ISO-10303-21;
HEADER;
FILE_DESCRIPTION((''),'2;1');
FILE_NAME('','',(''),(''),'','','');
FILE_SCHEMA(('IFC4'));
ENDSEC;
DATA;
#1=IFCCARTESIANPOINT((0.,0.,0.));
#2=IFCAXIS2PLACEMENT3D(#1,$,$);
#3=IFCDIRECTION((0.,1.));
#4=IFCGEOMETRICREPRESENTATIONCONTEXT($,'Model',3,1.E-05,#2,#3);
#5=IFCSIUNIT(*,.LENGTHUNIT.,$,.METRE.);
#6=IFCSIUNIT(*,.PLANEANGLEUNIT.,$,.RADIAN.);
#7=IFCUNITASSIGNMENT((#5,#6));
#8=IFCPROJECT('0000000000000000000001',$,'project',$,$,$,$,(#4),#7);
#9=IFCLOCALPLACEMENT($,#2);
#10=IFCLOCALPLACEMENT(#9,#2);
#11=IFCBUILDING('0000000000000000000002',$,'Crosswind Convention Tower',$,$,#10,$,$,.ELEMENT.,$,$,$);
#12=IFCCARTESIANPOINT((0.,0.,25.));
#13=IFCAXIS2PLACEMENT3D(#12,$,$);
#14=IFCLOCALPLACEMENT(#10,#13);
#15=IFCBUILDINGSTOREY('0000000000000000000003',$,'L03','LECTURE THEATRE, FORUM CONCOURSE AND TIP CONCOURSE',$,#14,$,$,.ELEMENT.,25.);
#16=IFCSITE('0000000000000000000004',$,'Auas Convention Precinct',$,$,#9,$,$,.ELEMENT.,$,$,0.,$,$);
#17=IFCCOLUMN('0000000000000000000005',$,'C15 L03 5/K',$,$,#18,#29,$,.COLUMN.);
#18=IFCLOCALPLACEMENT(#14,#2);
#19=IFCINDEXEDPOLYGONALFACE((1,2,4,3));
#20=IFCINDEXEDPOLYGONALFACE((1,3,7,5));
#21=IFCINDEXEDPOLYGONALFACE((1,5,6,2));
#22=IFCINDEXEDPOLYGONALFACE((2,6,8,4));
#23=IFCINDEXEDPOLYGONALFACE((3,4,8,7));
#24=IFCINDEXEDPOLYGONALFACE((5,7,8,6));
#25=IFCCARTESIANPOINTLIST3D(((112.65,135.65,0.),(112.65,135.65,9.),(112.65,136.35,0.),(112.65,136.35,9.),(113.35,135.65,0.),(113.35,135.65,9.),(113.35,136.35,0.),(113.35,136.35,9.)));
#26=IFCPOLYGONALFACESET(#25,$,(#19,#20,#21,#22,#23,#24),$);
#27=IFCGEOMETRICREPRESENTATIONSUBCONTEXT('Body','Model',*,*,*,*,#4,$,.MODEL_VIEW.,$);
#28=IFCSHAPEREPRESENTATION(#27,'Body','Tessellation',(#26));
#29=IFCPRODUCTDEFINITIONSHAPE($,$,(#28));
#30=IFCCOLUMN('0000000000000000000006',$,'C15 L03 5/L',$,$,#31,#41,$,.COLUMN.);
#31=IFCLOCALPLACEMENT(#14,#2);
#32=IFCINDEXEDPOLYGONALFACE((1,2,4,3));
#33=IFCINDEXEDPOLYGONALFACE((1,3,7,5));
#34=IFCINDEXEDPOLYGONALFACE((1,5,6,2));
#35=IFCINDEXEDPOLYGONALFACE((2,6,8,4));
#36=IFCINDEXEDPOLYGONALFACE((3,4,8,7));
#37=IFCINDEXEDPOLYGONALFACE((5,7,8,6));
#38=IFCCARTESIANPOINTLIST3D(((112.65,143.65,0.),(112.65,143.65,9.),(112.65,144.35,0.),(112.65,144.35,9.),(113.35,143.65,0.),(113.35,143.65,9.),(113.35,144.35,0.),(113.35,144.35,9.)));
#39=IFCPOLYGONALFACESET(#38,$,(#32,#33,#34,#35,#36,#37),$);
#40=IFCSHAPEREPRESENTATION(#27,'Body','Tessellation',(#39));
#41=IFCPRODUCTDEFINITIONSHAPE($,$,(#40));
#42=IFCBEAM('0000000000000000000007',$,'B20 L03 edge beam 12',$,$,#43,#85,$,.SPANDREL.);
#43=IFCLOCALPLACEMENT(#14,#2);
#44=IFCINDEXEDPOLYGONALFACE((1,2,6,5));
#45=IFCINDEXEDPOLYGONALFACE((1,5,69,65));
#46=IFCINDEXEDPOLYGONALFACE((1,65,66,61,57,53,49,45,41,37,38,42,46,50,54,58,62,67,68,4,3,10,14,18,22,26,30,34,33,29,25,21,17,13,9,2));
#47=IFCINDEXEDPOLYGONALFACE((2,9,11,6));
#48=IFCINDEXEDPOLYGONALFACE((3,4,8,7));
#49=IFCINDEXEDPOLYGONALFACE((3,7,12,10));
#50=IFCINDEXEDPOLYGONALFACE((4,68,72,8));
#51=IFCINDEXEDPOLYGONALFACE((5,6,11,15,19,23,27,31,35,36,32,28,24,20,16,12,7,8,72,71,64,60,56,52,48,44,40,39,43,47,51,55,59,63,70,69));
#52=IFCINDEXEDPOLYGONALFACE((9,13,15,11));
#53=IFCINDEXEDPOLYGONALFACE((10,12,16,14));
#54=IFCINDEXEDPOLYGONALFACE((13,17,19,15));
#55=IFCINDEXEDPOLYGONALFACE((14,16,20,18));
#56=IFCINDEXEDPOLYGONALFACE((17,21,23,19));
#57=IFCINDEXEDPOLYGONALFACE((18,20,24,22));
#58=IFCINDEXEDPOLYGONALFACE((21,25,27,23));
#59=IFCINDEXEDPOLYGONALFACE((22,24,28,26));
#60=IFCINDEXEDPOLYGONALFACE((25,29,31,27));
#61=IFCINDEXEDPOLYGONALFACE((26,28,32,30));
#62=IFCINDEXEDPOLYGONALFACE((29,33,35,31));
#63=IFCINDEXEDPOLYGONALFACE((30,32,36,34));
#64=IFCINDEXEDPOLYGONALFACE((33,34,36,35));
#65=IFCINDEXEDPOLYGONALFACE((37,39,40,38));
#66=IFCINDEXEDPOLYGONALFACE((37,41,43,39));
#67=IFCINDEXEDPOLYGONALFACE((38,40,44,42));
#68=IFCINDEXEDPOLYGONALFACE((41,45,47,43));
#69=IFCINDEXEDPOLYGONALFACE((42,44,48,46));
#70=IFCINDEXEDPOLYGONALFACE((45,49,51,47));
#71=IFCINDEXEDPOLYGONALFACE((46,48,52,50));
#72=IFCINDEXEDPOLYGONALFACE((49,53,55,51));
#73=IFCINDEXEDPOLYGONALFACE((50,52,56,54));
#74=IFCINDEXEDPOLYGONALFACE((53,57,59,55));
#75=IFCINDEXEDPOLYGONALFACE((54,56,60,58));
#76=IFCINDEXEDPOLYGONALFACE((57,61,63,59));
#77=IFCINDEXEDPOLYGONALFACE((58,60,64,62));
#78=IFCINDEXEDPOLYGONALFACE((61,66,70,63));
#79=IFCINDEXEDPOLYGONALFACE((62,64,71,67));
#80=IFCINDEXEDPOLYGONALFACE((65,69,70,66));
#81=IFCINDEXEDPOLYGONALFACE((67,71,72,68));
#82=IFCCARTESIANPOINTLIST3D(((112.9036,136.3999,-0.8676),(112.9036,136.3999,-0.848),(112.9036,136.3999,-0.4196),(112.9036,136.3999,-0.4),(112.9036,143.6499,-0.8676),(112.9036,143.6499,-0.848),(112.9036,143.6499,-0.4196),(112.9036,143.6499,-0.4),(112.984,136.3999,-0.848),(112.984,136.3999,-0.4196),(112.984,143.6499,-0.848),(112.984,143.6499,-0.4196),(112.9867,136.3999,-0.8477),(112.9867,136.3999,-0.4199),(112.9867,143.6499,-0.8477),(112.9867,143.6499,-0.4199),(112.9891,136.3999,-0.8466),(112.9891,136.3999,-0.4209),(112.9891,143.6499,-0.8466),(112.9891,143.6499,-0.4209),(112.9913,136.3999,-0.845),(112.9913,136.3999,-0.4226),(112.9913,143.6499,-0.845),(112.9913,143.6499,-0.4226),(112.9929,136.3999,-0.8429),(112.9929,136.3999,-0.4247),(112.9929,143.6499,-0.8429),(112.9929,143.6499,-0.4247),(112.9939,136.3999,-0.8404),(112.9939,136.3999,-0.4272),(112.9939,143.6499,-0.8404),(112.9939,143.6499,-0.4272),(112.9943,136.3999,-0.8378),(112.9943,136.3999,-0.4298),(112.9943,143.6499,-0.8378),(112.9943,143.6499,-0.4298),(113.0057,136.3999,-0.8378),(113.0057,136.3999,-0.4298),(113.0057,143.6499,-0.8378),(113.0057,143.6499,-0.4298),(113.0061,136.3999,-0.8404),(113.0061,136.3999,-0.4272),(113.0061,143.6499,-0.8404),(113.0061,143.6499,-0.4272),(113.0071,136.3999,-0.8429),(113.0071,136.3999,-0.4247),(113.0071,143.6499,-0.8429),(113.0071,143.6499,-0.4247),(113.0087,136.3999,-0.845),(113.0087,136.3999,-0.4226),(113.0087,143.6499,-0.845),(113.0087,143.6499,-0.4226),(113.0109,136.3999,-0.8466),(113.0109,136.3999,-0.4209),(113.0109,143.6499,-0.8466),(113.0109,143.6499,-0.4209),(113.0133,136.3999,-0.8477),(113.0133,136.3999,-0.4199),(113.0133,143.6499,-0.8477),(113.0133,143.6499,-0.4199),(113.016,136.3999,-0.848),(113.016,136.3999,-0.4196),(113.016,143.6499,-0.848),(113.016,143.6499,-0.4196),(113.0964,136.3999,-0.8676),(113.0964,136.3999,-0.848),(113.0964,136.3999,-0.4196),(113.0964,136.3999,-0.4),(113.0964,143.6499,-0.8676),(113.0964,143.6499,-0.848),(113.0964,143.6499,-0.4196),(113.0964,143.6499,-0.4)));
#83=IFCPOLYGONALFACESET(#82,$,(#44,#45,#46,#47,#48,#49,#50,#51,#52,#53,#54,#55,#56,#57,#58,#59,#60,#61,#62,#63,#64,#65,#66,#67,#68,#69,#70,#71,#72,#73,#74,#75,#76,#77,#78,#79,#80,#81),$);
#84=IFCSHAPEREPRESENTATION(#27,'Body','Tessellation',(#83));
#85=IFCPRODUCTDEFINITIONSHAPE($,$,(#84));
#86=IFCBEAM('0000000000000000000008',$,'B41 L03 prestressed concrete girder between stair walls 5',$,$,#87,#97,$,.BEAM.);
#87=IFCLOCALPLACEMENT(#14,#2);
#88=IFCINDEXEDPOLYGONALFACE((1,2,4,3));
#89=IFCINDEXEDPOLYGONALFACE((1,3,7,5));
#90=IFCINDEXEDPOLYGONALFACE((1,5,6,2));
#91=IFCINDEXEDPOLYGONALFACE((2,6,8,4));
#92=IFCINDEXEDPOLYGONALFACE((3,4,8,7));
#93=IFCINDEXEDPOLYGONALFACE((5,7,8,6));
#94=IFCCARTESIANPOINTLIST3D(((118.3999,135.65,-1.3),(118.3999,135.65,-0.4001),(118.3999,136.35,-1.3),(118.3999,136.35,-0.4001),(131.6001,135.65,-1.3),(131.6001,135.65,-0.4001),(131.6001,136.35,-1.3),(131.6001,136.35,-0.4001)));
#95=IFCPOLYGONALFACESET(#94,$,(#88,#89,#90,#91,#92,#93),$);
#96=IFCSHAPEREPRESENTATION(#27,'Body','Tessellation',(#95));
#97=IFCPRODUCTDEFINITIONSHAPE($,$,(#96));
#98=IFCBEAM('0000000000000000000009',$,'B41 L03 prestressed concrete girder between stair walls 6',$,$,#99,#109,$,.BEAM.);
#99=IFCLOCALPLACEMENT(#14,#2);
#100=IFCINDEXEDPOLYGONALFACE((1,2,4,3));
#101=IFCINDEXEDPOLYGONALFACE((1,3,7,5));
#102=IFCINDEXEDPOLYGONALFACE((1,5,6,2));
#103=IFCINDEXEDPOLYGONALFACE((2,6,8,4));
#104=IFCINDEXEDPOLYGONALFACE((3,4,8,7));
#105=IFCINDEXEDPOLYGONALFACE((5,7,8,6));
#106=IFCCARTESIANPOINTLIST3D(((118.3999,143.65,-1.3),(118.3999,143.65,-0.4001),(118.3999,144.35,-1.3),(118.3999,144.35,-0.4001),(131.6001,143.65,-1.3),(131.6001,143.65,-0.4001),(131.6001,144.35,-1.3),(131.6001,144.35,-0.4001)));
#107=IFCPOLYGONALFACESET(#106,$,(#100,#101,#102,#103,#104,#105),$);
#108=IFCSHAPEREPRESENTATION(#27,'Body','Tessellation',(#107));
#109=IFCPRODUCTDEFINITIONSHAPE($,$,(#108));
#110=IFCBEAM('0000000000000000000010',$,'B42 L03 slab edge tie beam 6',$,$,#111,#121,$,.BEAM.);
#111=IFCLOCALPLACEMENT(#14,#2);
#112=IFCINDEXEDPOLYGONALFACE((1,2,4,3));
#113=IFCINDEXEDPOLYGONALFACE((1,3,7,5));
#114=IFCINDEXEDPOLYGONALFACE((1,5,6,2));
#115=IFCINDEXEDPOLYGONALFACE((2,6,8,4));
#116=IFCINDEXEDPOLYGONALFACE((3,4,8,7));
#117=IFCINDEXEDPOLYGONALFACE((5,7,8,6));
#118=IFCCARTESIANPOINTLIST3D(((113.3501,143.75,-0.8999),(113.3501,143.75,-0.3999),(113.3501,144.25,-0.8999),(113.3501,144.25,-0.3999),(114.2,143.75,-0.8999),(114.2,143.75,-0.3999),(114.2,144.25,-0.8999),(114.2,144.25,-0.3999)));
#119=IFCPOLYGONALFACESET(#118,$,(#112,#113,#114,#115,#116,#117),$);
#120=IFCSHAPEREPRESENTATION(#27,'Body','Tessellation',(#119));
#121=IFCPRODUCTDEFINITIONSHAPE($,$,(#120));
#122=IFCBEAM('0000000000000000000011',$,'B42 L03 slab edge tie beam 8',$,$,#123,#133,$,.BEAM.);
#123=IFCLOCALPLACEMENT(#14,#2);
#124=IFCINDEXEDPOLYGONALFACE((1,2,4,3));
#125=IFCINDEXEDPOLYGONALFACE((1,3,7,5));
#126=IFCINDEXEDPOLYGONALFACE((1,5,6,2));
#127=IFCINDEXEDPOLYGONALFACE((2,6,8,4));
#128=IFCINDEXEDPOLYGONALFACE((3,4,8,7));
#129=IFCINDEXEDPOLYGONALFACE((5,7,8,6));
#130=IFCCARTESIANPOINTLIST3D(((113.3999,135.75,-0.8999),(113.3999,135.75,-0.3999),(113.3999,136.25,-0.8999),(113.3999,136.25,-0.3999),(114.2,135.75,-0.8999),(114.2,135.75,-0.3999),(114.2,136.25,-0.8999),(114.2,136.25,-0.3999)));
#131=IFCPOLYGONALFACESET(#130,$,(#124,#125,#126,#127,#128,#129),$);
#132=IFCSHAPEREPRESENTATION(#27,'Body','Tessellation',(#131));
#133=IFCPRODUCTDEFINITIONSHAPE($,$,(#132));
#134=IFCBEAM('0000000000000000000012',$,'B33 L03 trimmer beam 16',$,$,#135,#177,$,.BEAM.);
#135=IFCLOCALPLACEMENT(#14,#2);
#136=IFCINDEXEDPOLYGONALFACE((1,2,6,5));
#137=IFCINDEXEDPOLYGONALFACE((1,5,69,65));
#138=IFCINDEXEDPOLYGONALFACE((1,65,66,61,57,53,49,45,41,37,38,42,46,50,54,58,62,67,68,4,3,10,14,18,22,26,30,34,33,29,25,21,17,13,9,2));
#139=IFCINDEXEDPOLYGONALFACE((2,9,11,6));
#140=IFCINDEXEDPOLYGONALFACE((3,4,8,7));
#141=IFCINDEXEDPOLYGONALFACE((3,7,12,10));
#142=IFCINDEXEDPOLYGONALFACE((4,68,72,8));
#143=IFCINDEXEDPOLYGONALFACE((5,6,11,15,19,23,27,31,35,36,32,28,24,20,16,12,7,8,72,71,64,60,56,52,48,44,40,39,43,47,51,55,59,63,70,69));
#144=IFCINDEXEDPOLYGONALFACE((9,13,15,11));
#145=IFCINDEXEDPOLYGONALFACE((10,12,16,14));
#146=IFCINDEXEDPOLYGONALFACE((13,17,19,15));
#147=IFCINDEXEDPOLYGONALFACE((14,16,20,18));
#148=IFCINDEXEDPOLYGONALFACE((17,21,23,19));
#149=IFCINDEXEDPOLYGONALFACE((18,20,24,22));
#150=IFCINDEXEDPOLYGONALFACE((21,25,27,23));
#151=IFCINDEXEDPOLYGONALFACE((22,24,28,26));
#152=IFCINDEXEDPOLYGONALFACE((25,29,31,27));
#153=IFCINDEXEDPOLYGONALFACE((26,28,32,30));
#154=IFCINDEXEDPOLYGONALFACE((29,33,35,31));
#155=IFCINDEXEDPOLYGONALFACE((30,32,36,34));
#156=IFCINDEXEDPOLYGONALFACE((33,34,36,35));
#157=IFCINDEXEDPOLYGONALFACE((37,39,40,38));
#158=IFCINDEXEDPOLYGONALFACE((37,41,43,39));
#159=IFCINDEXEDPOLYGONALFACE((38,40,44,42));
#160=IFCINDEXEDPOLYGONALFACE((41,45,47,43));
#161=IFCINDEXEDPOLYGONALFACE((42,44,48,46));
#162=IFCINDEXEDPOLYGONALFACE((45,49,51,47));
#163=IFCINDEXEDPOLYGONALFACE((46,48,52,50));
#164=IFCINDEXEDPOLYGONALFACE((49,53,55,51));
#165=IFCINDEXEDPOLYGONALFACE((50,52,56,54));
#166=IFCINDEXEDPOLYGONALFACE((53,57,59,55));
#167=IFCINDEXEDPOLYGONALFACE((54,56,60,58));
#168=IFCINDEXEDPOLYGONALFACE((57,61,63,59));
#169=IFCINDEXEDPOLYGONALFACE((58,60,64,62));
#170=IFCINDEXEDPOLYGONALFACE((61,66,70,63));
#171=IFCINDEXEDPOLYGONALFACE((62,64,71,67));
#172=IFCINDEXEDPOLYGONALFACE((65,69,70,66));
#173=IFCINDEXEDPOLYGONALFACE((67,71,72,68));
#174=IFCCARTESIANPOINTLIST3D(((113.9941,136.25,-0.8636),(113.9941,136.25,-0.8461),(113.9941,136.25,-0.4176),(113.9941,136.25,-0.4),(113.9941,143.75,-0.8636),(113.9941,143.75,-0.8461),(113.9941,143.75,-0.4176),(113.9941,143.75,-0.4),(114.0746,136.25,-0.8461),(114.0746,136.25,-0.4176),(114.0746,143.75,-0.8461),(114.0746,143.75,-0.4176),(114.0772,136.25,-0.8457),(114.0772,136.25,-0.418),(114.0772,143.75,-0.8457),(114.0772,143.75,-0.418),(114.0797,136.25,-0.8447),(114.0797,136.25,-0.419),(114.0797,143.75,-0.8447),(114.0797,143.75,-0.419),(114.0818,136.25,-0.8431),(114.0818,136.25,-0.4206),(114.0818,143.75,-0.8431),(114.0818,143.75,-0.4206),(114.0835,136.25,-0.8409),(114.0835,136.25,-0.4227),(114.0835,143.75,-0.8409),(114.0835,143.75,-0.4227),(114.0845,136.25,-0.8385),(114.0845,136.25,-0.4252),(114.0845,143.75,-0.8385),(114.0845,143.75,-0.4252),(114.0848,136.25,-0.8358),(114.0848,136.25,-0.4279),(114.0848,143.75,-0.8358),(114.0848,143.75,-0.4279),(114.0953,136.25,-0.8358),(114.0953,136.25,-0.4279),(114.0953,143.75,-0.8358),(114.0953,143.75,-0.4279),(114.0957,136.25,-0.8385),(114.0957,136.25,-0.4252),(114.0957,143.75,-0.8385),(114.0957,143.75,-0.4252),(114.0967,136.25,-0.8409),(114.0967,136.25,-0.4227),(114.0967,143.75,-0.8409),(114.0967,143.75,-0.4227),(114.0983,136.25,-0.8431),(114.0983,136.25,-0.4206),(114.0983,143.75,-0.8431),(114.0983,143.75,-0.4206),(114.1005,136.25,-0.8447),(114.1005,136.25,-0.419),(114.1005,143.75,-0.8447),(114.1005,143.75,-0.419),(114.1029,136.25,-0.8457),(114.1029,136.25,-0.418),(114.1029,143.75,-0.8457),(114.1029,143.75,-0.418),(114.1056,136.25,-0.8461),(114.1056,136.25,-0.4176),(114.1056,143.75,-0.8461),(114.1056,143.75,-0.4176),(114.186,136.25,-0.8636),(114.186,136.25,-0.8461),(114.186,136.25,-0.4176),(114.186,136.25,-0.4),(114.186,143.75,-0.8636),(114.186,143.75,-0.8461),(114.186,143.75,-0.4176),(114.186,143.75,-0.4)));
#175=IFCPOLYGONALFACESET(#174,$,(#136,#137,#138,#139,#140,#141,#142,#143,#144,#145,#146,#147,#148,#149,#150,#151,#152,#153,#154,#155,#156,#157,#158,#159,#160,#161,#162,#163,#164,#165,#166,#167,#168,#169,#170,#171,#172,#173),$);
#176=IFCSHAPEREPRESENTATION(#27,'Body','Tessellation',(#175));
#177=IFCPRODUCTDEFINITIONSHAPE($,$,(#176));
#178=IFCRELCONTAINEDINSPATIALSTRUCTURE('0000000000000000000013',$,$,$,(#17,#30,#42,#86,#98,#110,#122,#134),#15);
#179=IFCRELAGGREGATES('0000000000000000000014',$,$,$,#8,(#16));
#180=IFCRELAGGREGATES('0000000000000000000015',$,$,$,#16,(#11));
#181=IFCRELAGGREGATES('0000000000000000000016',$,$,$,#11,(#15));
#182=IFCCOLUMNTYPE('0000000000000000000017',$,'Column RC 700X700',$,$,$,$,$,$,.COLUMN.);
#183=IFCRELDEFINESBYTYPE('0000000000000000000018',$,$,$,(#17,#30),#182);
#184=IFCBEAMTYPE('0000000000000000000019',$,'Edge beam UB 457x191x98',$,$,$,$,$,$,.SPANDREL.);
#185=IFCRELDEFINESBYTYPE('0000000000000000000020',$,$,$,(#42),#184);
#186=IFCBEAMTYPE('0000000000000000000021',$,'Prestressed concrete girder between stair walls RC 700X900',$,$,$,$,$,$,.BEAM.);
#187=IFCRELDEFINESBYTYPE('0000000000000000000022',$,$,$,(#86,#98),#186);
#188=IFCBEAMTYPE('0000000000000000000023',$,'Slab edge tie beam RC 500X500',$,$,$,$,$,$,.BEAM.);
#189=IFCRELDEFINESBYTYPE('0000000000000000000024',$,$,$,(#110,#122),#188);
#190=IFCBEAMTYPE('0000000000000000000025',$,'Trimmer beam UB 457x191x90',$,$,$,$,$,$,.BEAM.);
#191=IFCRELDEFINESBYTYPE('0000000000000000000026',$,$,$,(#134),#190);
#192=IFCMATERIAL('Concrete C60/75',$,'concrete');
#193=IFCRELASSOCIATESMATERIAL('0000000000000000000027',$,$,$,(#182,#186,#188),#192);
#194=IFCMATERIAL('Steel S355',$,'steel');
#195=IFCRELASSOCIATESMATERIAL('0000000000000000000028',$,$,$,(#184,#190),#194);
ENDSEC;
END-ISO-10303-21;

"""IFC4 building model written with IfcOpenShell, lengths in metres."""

from ifc_helpers import new_model, si_unit, direction, frame, origin, origin_2d, place, context, subcontext, project, spatial, rectangle, i_section, extrude, material, material_profile, profile_set, type_object, element, save


model = new_model("IFC4")

# Units and contexts
model_context = context("Model", 3, precision=1e-05, world=origin(), true_north=direction((0.0, 1.0)))
body_context = subcontext(model_context, "Body", "Model", "MODEL_VIEW")
ifc_project = project(units=[si_unit("LENGTHUNIT", "METRE"), si_unit("PLANEANGLEUNIT", "RADIAN")], contexts=[model_context])

# Site, building, storey
site_placement = place(None, origin())
site = spatial("IfcSite", under=ifc_project, at=site_placement, Name="Auas Convention Precinct", CompositionType="ELEMENT", RefElevation=0.0)
building_placement = place(site_placement, origin())
building = spatial("IfcBuilding", under=site, at=building_placement, Name="Crosswind Convention Tower", CompositionType="ELEMENT")
storey_placement = place(building_placement, frame((0.0, 0.0, 25.0)))
storey = spatial("IfcBuildingStorey", under=building, at=storey_placement, Name="L03", Description="LECTURE THEATRE, FORUM CONCOURSE AND TIP CONCOURSE", CompositionType="ELEMENT", Elevation=25.0)

# Columns
ifc_material_1 = material(Name="Concrete C60/75", Category="concrete")
ifc_material_profile_1 = material_profile(ifc_material_1, rectangle(XDim=0.7, YDim=0.7, at=origin_2d()), Name="RC 700X700")
ifc_profile_set_1 = profile_set([ifc_material_profile_1], Name="Concrete C60/75")
column_type = type_object("IfcColumnType", Name="Column RC 700X700", PredefinedType="COLUMN", material=ifc_profile_set_1)
for number, where, z_axis, x_axis, name in (
    (1, (113.0, 136.0, 0.0), (0.0, 0.0, 1.0), (1.0, 0.0, 0.0), "C15 L03 5/K"),
    (2, (113.0, 144.0, 0.0), (0.0, 0.0, 1.0), (1.0, 0.0, 0.0), "C15 L03 5/L"),
):
    element("IfcColumn", number, at=place(storey_placement, frame(where, z_axis=z_axis, x_axis=x_axis)), inside=storey, type_object=column_type, Name=name, PredefinedType="COLUMN", context=body_context, shape_type="SweptSolid", body=[
        extrude(rectangle(XDim=0.7, YDim=0.7, at=origin_2d()), origin(), (0.0, 0.0, 1.0), 9.0),
    ])

# Beams
ifc_material_2 = material(Name="Steel S355", Category="steel")
ifc_material_profile_2 = material_profile(ifc_material_2, i_section(OverallWidth=0.1929, OverallDepth=0.4675, WebThickness=0.0115, FlangeThickness=0.0195, FilletRadius=0.0103, at=origin_2d()), Name="UB 457x191x98")
ifc_profile_set_2 = profile_set([ifc_material_profile_2], Name="Steel S355")
beam_type_1 = type_object("IfcBeamType", Name="Edge beam UB 457x191x98", PredefinedType="SPANDREL", material=ifc_profile_set_2)
beam_1_placement = place(storey_placement, frame((113.0, 136.3999, -0.6338), z_axis=(0.0, 1.0, 0.0), x_axis=(-1.0, 0.0, 0.0)))
element("IfcBeam", 3, at=beam_1_placement, inside=storey, type_object=beam_type_1, Name="B20 L03 edge beam 12", PredefinedType="SPANDREL", context=body_context, shape_type="SweptSolid", body=[
    extrude(i_section(OverallWidth=0.1929, OverallDepth=0.4675, WebThickness=0.0115, FlangeThickness=0.0195, FilletRadius=0.0103, at=origin_2d()), origin(), (0.0, 0.0, 1.0), 7.25),
])
ifc_material_profile_3 = material_profile(ifc_material_1, rectangle(XDim=0.7, YDim=0.8999, at=origin_2d()), Name="RC 700X900")
ifc_profile_set_3 = profile_set([ifc_material_profile_3], Name="Concrete C60/75")
beam_type_2 = type_object("IfcBeamType", Name="Prestressed concrete girder between stair walls RC 700X900", PredefinedType="BEAM", material=ifc_profile_set_3)
for number, where, z_axis, x_axis, name in (
    (4, (118.3999, 136.0, -0.8501), (1.0, 0.0, 0.0), (0.0, 1.0, 0.0), "B41 L03 prestressed concrete girder between stair walls 5"),
    (5, (118.3999, 144.0, -0.8501), (1.0, 0.0, 0.0), (0.0, 1.0, 0.0), "B41 L03 prestressed concrete girder between stair walls 6"),
):
    element("IfcBeam", number, at=place(storey_placement, frame(where, z_axis=z_axis, x_axis=x_axis)), inside=storey, type_object=beam_type_2, Name=name, PredefinedType="BEAM", context=body_context, shape_type="SweptSolid", body=[
        extrude(rectangle(XDim=0.7, YDim=0.8999, at=origin_2d()), origin(), (0.0, 0.0, 1.0), 13.2002),
    ])
ifc_material_profile_4 = material_profile(ifc_material_1, rectangle(XDim=0.5, YDim=0.5, at=origin_2d()), Name="RC 500X500")
ifc_profile_set_4 = profile_set([ifc_material_profile_4], Name="Concrete C60/75")
beam_type_3 = type_object("IfcBeamType", Name="Slab edge tie beam RC 500X500", PredefinedType="BEAM", material=ifc_profile_set_4)
beam_2_placement = place(storey_placement, frame((113.3501, 144.0, -0.6499), z_axis=(1.0, 0.0, 0.0), x_axis=(0.0, 1.0, 0.0)))
element("IfcBeam", 6, at=beam_2_placement, inside=storey, type_object=beam_type_3, Name="B42 L03 slab edge tie beam 6", PredefinedType="BEAM", context=body_context, shape_type="SweptSolid", body=[
    extrude(rectangle(XDim=0.5, YDim=0.5, at=origin_2d()), origin(), (0.0, 0.0, 1.0), 0.8499),
])
beam_3_placement = place(storey_placement, frame((113.3999, 136.0, -0.6499), z_axis=(1.0, 0.0, 0.0), x_axis=(0.0, 1.0, 0.0)))
element("IfcBeam", 7, at=beam_3_placement, inside=storey, type_object=beam_type_3, Name="B42 L03 slab edge tie beam 8", PredefinedType="BEAM", context=body_context, shape_type="SweptSolid", body=[
    extrude(rectangle(XDim=0.5, YDim=0.5, at=origin_2d()), origin(), (0.0, 0.0, 1.0), 0.8),
])
ifc_material_profile_5 = material_profile(ifc_material_2, i_section(OverallWidth=0.1919, OverallDepth=0.4636, WebThickness=0.0105, FlangeThickness=0.0176, FilletRadius=0.0103, at=origin_2d()), Name="UB 457x191x90")
ifc_profile_set_5 = profile_set([ifc_material_profile_5], Name="Steel S355")
beam_type_4 = type_object("IfcBeamType", Name="Trimmer beam UB 457x191x90", PredefinedType="BEAM", material=ifc_profile_set_5)
beam_4_placement = place(storey_placement, frame((114.0901, 136.25, -0.6318), z_axis=(0.0, 1.0, 0.0), x_axis=(-1.0, 0.0, 0.0)))
element("IfcBeam", 8, at=beam_4_placement, inside=storey, type_object=beam_type_4, Name="B33 L03 trimmer beam 16", PredefinedType="BEAM", context=body_context, shape_type="SweptSolid", body=[
    extrude(i_section(OverallWidth=0.1919, OverallDepth=0.4636, WebThickness=0.0105, FlangeThickness=0.0176, FilletRadius=0.0103, at=origin_2d()), origin(), (0.0, 0.0, 1.0), 7.5),
])

save(model, "model.ifc")
